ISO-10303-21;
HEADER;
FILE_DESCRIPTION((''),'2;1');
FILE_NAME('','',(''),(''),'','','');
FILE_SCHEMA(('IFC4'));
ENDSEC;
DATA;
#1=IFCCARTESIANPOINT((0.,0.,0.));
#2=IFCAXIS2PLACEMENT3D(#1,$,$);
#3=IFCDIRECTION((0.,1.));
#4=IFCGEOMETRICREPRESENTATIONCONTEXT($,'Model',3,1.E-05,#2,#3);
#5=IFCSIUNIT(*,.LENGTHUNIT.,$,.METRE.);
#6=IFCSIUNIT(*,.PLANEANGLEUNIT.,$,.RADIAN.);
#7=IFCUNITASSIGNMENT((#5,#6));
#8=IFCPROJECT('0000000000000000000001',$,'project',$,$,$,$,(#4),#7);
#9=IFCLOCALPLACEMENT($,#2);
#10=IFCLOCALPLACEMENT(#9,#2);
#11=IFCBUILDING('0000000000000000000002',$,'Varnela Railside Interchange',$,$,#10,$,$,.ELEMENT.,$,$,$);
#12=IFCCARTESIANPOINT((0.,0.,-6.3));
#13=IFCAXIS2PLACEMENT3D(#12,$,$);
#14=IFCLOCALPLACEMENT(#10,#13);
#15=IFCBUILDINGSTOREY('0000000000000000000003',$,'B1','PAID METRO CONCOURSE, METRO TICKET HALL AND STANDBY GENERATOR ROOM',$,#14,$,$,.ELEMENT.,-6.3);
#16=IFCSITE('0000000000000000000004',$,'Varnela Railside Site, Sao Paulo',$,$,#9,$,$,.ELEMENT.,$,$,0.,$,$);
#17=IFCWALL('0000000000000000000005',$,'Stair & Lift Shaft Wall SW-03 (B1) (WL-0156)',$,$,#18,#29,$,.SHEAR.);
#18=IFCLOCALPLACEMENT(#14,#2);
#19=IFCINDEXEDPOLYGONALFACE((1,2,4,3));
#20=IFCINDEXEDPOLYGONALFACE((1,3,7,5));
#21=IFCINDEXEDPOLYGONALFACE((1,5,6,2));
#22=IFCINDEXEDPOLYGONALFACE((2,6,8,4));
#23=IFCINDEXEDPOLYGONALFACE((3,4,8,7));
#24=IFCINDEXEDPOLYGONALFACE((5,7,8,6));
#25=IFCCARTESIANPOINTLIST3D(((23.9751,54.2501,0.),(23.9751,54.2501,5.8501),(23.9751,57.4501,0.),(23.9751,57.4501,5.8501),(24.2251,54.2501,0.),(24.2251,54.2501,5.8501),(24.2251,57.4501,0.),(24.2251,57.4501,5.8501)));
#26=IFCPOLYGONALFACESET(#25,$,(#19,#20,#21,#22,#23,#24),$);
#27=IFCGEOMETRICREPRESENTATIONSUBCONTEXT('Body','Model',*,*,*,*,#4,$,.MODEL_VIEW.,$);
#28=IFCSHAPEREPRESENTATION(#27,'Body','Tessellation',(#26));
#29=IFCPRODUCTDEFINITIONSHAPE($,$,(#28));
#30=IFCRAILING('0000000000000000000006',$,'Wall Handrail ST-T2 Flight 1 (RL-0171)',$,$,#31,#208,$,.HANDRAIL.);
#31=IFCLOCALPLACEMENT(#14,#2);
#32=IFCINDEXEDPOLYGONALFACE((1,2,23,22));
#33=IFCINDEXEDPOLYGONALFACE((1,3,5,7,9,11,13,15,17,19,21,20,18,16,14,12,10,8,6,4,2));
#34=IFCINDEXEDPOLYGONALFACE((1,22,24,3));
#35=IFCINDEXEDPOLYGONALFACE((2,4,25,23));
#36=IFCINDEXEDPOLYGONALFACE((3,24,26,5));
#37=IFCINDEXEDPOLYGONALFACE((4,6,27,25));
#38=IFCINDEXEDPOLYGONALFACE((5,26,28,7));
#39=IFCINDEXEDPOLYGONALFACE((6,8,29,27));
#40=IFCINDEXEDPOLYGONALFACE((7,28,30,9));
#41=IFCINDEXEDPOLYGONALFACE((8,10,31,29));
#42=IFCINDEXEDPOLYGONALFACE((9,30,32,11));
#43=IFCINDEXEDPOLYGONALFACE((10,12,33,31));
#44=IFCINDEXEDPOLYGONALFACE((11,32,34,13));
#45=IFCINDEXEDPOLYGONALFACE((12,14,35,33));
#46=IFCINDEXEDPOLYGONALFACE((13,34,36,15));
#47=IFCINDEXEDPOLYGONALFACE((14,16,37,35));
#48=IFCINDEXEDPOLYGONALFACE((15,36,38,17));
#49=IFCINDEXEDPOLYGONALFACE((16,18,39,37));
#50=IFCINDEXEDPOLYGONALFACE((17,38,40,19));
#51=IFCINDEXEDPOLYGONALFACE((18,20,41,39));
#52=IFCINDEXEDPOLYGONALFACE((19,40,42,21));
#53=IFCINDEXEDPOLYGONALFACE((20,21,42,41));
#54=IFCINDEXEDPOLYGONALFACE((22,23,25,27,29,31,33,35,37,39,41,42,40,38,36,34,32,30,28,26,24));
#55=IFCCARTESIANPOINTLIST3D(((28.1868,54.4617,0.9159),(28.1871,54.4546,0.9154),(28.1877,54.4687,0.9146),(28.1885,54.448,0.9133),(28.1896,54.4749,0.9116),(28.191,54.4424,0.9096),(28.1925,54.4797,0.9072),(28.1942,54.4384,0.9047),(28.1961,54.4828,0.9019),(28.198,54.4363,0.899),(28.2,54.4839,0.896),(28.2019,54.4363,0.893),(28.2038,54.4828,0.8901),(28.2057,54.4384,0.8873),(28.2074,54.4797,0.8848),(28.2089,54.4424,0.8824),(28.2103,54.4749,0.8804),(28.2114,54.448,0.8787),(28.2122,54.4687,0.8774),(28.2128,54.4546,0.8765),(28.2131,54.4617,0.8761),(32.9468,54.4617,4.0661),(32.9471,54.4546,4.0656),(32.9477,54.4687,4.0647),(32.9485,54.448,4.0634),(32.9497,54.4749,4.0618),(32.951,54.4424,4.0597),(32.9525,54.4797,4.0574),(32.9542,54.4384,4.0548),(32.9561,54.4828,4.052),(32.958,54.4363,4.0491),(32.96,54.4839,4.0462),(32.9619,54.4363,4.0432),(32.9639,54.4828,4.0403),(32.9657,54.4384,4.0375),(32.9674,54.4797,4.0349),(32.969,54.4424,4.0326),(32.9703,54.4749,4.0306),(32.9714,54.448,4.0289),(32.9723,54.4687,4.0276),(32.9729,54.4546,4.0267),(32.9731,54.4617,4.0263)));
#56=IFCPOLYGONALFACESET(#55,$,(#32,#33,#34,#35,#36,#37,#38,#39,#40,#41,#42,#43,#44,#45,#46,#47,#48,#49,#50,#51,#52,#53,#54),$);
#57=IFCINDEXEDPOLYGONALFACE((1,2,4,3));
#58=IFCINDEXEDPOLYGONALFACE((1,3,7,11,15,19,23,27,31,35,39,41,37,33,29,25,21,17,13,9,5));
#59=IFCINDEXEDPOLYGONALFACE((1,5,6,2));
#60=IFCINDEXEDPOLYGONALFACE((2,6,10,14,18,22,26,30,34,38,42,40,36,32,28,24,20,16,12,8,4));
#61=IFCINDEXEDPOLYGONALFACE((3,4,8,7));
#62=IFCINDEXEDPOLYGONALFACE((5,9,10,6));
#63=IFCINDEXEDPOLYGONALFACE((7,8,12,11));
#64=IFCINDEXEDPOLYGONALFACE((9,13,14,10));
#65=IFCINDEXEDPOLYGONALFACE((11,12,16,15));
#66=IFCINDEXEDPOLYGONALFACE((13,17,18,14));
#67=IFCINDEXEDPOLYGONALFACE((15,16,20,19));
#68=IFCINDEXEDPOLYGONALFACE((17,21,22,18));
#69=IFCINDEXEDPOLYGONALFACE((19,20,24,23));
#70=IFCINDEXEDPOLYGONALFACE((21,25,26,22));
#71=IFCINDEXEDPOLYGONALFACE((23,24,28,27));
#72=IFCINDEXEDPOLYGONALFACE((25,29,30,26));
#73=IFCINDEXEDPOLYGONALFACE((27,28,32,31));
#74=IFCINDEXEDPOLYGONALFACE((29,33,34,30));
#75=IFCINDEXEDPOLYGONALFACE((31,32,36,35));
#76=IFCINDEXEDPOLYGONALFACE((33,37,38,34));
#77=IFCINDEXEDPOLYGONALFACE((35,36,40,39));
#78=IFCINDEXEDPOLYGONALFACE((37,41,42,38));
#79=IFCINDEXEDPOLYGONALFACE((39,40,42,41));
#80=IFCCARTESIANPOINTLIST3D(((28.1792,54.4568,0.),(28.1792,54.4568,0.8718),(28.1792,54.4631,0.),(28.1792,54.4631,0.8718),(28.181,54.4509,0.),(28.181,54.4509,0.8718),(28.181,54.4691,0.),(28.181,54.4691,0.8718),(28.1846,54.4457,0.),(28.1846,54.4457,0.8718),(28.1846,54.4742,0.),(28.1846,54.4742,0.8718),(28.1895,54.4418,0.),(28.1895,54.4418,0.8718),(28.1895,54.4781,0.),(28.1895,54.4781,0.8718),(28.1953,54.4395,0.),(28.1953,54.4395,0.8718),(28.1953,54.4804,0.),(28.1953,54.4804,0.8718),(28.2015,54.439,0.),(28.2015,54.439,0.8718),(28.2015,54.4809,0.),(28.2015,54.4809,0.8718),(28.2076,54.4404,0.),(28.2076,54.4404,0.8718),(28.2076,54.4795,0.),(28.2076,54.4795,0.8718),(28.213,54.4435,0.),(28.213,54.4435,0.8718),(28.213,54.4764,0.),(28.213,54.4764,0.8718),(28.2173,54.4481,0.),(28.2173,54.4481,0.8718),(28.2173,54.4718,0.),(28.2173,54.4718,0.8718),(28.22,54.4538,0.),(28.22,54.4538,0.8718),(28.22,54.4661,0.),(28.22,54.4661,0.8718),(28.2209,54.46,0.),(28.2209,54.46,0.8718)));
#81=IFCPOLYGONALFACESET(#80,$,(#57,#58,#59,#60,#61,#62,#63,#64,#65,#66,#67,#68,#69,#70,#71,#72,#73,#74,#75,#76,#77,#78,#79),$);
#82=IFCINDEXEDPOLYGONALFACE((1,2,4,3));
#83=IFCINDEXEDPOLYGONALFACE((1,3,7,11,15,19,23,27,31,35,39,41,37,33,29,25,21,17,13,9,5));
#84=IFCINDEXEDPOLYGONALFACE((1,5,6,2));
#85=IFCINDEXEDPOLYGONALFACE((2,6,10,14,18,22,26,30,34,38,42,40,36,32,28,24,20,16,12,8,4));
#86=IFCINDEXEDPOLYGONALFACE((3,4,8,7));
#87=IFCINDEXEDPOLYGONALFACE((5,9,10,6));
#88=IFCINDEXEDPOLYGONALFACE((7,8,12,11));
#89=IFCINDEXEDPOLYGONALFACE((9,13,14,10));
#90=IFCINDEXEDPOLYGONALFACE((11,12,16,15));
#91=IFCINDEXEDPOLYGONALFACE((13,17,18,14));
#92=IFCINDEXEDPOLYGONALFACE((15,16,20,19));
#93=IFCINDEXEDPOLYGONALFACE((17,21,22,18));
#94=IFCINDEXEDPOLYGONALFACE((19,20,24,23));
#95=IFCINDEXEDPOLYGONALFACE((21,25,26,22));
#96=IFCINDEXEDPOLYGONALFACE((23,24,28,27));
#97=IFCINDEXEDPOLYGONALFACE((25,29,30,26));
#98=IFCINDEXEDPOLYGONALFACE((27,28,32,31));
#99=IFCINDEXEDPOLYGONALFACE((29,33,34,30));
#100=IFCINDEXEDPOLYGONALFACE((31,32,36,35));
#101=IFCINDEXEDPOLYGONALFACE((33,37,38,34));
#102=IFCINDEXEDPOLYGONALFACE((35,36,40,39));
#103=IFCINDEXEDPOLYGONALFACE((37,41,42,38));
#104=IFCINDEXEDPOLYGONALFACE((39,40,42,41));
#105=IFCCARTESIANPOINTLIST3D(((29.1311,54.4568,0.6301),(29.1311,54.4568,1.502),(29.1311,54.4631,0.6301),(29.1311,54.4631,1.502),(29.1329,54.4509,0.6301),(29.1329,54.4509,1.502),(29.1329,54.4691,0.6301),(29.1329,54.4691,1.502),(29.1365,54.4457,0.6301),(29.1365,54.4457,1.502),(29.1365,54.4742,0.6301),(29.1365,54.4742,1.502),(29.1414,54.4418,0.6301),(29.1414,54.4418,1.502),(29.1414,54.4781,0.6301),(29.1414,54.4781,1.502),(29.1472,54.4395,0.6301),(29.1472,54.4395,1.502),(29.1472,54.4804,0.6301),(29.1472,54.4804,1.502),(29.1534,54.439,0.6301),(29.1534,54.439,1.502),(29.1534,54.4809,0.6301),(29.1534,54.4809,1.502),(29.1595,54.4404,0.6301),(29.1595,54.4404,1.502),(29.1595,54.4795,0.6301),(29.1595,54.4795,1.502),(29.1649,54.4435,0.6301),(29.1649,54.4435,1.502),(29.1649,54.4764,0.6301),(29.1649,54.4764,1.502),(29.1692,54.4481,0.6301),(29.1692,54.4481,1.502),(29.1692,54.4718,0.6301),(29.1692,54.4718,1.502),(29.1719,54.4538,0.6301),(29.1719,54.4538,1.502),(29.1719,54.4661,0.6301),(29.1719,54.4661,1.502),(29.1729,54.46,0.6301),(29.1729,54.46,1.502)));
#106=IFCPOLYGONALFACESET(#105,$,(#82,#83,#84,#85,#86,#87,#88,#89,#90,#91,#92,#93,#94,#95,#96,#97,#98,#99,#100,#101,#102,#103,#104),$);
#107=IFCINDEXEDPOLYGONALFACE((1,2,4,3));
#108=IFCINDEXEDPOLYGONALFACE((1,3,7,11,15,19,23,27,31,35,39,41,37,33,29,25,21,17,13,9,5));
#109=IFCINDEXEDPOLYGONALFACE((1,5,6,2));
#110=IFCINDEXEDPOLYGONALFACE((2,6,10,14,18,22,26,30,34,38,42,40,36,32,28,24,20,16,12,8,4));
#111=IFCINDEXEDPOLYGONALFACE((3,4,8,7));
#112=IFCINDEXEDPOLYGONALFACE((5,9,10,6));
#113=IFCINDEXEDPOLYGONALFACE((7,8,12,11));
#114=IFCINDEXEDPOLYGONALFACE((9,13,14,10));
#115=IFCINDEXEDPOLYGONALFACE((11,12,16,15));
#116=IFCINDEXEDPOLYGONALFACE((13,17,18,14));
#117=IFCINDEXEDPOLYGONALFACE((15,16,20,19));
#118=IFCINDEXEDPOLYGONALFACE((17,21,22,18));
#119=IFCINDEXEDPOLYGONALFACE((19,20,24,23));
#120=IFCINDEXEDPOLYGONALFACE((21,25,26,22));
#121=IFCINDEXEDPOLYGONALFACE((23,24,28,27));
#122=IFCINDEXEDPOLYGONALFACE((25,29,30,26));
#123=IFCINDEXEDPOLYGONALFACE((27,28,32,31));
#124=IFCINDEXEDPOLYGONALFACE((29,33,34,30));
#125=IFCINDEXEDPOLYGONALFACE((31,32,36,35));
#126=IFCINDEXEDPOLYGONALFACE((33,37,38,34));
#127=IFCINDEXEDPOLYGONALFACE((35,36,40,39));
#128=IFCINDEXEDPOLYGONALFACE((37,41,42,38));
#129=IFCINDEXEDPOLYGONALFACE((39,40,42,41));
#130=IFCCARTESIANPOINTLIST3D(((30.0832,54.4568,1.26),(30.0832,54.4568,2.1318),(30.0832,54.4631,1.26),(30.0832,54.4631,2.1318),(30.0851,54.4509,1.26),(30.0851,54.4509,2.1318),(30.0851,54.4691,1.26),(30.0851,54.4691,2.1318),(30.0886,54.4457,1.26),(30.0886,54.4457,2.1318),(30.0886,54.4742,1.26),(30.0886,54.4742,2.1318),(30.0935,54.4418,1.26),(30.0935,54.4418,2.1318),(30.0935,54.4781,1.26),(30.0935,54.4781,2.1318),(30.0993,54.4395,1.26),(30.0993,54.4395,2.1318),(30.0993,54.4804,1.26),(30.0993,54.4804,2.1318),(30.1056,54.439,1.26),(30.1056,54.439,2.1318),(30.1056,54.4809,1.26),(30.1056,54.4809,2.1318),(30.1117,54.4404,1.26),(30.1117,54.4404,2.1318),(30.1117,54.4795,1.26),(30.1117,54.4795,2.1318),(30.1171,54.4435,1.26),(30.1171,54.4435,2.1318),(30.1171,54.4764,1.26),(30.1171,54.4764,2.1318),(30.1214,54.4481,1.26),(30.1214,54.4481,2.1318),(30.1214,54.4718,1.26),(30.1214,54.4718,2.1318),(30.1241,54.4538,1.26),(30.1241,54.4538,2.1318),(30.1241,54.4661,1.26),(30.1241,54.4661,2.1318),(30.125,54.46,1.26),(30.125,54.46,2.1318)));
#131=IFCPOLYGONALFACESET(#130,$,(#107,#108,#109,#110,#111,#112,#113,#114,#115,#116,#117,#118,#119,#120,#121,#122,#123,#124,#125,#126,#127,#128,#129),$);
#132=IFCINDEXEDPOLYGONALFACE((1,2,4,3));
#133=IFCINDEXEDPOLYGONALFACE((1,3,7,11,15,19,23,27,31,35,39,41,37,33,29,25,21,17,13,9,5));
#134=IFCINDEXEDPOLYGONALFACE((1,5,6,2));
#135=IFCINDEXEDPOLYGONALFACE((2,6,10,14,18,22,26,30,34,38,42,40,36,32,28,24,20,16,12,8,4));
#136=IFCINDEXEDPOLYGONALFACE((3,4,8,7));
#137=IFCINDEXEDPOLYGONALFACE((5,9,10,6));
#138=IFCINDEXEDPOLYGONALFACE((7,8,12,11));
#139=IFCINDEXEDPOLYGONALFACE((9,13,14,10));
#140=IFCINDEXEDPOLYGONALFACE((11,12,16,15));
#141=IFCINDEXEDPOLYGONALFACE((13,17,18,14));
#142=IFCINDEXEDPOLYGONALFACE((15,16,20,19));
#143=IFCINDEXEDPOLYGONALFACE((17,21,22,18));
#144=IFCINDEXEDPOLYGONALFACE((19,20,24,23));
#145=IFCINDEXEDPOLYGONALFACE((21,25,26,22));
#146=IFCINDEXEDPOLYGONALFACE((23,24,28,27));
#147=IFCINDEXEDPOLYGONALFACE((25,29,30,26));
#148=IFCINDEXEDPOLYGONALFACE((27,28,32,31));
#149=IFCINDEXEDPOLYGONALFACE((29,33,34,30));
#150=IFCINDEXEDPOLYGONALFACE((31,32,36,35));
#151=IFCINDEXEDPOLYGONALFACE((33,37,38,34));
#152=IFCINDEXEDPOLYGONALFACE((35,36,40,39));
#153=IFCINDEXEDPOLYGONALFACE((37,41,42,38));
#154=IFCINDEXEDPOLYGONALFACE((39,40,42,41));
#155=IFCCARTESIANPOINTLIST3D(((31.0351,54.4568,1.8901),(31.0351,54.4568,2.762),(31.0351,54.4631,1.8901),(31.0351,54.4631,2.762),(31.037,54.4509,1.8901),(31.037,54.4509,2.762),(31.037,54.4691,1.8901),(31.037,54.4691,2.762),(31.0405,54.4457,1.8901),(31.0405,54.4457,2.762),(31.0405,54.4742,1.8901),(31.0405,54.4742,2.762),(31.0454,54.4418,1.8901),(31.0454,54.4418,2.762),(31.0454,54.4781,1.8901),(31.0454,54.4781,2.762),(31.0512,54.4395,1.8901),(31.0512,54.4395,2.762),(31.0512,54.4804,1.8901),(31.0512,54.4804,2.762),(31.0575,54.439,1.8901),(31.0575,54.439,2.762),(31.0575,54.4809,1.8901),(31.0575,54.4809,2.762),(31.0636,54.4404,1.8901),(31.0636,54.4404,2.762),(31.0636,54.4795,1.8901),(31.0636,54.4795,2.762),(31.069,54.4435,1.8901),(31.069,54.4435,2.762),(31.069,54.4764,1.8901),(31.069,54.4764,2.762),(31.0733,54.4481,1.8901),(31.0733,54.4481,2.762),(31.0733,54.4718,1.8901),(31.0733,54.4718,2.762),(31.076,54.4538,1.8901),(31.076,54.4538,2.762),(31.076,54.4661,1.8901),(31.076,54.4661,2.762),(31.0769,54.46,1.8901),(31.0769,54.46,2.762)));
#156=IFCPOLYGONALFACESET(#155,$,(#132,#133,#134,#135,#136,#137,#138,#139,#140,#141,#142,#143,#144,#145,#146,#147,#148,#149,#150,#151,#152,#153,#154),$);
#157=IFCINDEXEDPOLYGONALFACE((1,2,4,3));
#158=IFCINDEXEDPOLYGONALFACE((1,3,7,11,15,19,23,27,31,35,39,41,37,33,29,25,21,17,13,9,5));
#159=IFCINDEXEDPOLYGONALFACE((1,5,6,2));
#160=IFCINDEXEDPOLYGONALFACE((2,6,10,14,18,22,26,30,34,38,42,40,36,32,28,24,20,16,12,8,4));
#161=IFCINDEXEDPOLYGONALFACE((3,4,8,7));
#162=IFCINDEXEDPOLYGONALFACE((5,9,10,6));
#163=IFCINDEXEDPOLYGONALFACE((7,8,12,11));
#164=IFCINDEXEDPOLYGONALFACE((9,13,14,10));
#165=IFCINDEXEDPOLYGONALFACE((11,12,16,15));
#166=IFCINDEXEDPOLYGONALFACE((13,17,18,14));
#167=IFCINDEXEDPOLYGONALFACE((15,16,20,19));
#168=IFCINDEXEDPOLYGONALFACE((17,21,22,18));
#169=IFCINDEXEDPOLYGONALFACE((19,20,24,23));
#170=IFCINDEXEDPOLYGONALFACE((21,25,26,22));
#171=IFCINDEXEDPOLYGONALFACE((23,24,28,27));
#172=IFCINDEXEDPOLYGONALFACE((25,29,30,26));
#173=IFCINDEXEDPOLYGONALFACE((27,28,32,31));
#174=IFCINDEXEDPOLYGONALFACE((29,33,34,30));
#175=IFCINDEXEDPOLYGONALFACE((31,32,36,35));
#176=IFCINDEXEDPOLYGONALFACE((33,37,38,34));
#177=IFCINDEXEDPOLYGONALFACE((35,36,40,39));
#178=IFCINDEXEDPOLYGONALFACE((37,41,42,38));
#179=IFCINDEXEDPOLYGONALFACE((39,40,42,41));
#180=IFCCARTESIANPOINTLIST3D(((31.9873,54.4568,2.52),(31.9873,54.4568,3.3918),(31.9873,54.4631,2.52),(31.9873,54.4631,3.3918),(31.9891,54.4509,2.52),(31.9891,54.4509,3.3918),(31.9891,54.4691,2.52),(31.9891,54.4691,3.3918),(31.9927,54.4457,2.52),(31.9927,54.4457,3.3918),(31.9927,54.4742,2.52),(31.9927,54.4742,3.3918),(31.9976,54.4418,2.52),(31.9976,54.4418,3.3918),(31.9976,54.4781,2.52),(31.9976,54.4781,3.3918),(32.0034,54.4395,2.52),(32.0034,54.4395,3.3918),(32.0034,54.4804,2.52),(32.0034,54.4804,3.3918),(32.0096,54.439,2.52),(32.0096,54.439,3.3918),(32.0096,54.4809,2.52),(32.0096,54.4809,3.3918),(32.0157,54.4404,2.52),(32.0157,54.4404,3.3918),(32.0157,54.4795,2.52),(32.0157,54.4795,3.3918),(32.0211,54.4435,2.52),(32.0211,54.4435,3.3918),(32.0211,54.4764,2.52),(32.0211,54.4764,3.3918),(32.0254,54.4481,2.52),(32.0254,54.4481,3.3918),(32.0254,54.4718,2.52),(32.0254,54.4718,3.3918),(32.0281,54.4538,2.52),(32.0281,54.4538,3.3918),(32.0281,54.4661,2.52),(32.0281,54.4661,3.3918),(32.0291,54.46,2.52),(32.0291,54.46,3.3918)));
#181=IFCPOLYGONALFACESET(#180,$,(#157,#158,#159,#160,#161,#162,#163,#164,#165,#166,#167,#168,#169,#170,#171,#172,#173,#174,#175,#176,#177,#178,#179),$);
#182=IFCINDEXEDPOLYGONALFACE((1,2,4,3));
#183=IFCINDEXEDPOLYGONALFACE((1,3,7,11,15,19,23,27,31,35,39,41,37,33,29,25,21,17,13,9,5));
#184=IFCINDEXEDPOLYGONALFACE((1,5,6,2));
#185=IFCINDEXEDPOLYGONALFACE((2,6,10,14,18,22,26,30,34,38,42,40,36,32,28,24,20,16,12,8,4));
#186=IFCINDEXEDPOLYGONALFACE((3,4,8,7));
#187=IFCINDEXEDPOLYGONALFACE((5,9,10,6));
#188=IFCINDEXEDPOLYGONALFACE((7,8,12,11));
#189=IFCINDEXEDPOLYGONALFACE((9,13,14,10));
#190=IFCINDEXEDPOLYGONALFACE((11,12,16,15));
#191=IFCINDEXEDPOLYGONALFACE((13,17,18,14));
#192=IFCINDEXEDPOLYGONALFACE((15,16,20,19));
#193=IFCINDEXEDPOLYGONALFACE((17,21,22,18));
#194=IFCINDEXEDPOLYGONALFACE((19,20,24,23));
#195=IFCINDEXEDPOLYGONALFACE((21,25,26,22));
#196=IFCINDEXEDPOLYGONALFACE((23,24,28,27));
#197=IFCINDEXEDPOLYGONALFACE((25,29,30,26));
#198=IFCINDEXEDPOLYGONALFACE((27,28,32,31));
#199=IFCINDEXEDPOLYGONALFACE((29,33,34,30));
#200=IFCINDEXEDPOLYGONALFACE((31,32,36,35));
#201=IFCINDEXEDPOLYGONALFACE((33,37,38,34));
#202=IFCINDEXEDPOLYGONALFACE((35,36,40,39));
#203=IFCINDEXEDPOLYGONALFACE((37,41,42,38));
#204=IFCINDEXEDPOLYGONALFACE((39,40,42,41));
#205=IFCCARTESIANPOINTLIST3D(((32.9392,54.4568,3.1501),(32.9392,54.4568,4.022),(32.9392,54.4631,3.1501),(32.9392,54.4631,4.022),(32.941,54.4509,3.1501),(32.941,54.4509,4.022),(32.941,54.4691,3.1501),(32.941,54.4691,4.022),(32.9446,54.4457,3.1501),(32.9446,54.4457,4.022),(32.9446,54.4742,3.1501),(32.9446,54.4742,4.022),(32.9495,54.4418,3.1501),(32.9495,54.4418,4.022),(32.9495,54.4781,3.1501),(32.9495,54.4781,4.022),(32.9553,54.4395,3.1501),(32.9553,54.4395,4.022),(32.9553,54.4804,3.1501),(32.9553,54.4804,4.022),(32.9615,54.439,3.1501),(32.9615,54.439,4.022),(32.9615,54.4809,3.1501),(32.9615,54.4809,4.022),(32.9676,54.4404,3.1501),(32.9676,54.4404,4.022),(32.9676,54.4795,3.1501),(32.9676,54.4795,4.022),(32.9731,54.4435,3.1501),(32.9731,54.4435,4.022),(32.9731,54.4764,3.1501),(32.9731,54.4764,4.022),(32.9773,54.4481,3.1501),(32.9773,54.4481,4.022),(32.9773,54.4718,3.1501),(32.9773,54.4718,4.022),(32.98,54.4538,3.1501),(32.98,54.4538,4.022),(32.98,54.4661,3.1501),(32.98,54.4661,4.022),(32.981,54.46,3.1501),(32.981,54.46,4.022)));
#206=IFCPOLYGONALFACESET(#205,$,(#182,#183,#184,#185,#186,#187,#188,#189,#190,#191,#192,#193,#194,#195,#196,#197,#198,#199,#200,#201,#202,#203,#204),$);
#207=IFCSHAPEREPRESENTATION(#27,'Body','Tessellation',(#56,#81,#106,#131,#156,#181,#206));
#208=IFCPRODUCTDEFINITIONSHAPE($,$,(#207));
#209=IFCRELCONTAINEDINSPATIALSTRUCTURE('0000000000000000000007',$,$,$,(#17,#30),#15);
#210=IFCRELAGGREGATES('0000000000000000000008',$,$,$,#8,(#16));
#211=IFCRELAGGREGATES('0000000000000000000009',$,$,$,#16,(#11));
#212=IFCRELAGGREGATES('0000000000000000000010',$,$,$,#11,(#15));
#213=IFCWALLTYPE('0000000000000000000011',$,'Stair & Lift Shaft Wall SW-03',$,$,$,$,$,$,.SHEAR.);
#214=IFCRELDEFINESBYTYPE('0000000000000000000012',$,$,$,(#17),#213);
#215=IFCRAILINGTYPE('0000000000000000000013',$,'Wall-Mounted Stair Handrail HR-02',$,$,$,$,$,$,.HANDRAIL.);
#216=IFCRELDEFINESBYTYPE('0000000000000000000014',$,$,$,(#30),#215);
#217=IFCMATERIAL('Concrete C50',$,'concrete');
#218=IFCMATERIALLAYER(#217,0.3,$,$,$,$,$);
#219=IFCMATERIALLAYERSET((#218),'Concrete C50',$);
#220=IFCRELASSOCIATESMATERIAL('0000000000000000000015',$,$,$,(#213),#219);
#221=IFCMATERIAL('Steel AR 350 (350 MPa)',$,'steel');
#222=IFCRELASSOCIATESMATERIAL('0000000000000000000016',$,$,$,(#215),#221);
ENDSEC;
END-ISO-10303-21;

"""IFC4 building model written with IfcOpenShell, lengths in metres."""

from ifc_helpers import new_model, si_unit, direction, frame, frame_2d, origin, origin_2d, place, context, subcontext, project, spatial, rectangle, circle, extrude, material, layer, layer_set, type_object, element, save


model = new_model("IFC4")

# Units and contexts
model_context = context("Model", 3, precision=1e-05, world=origin(), true_north=direction((0.0, 1.0)))
body_context = subcontext(model_context, "Body", "Model", "MODEL_VIEW")
ifc_project = project(units=[si_unit("LENGTHUNIT", "METRE"), si_unit("PLANEANGLEUNIT", "RADIAN")], contexts=[model_context])

# Site, building, storey
site_placement = place(None, origin())
site = spatial("IfcSite", under=ifc_project, at=site_placement, Name="Varnela Railside Site, Sao Paulo", CompositionType="ELEMENT", RefElevation=0.0)
building_placement = place(site_placement, origin())
building = spatial("IfcBuilding", under=site, at=building_placement, Name="Varnela Railside Interchange", CompositionType="ELEMENT")
storey_placement = place(building_placement, frame((0.0, 0.0, -6.3)))
storey = spatial("IfcBuildingStorey", under=building, at=storey_placement, Name="B1", Description="PAID METRO CONCOURSE, METRO TICKET HALL AND STANDBY GENERATOR ROOM", CompositionType="ELEMENT", Elevation=-6.3)

# Shared definitions
ifc_material_1 = material(Name="Concrete C50", Category="concrete")

# Wall
ifc_layer_1 = layer(ifc_material_1, 0.3)
ifc_layer_set_1 = layer_set([ifc_layer_1], Name="Concrete C50")
wall_type_1 = type_object("IfcWallType", Name="Stair & Lift Shaft Wall SW-03", PredefinedType="SHEAR", material=ifc_layer_set_1)
wall_placement = place(storey_placement, frame((24.1001, 54.25, 0.0), z_axis=(0.0, 0.0, 1.0), x_axis=(0.0, 1.0, 0.0)))
element("IfcWall", 1, at=wall_placement, inside=storey, type_object=wall_type_1, Name="Stair & Lift Shaft Wall SW-03 (B1) (WL-0156)", PredefinedType="SHEAR", context=body_context, shape_type="SweptSolid", body=[
    extrude(rectangle(XDim=3.2, YDim=0.25, at=frame_2d((1.6001, 0.0))), origin(), (0.0, 0.0, 1.0), 5.8501),
])

# Railing
ifc_material_2 = material(Name="Steel AR 350 (350 MPa)", Category="steel")
railing_type = type_object("IfcRailingType", Name="Wall-Mounted Stair Handrail HR-02", PredefinedType="HANDRAIL", material=ifc_material_2)
railing_placement = place(storey_placement, frame((28.2, 54.46, 0.0)))
element("IfcRailing", 2, at=railing_placement, inside=storey, type_object=railing_type, Name="Wall Handrail ST-T2 Flight 1 (RL-0171)", PredefinedType="HANDRAIL", context=body_context, shape_type="SweptSolid", body=[
    extrude(circle(Radius=0.0239, at=origin_2d()), frame((0.0, 0.0, 0.896), z_axis=(0.833921, 0.0, 0.551884), x_axis=(0.0, 1.0, 0.0)), (0.0, 0.0, 1.0), 5.708),
    extrude(circle(Radius=0.021, at=origin_2d()), origin(), (0.0, 0.0, 1.0), 0.8718),
    extrude(circle(Radius=0.021, at=origin_2d()), frame((0.9519, 0.0, 0.6301)), (0.0, 0.0, 1.0), 0.8718),
    extrude(circle(Radius=0.021, at=origin_2d()), frame((1.9041, 0.0, 1.26)), (0.0, 0.0, 1.0), 0.8718),
    extrude(circle(Radius=0.021, at=origin_2d()), frame((2.856, 0.0, 1.8901)), (0.0, 0.0, 1.0), 0.8718),
    extrude(circle(Radius=0.021, at=origin_2d()), frame((3.8081, 0.0, 2.52)), (0.0, 0.0, 1.0), 0.8718),
    extrude(circle(Radius=0.021, at=origin_2d()), frame((4.76, 0.0, 3.1501)), (0.0, 0.0, 1.0), 0.8718),
])

save(model, "model.ifc")
